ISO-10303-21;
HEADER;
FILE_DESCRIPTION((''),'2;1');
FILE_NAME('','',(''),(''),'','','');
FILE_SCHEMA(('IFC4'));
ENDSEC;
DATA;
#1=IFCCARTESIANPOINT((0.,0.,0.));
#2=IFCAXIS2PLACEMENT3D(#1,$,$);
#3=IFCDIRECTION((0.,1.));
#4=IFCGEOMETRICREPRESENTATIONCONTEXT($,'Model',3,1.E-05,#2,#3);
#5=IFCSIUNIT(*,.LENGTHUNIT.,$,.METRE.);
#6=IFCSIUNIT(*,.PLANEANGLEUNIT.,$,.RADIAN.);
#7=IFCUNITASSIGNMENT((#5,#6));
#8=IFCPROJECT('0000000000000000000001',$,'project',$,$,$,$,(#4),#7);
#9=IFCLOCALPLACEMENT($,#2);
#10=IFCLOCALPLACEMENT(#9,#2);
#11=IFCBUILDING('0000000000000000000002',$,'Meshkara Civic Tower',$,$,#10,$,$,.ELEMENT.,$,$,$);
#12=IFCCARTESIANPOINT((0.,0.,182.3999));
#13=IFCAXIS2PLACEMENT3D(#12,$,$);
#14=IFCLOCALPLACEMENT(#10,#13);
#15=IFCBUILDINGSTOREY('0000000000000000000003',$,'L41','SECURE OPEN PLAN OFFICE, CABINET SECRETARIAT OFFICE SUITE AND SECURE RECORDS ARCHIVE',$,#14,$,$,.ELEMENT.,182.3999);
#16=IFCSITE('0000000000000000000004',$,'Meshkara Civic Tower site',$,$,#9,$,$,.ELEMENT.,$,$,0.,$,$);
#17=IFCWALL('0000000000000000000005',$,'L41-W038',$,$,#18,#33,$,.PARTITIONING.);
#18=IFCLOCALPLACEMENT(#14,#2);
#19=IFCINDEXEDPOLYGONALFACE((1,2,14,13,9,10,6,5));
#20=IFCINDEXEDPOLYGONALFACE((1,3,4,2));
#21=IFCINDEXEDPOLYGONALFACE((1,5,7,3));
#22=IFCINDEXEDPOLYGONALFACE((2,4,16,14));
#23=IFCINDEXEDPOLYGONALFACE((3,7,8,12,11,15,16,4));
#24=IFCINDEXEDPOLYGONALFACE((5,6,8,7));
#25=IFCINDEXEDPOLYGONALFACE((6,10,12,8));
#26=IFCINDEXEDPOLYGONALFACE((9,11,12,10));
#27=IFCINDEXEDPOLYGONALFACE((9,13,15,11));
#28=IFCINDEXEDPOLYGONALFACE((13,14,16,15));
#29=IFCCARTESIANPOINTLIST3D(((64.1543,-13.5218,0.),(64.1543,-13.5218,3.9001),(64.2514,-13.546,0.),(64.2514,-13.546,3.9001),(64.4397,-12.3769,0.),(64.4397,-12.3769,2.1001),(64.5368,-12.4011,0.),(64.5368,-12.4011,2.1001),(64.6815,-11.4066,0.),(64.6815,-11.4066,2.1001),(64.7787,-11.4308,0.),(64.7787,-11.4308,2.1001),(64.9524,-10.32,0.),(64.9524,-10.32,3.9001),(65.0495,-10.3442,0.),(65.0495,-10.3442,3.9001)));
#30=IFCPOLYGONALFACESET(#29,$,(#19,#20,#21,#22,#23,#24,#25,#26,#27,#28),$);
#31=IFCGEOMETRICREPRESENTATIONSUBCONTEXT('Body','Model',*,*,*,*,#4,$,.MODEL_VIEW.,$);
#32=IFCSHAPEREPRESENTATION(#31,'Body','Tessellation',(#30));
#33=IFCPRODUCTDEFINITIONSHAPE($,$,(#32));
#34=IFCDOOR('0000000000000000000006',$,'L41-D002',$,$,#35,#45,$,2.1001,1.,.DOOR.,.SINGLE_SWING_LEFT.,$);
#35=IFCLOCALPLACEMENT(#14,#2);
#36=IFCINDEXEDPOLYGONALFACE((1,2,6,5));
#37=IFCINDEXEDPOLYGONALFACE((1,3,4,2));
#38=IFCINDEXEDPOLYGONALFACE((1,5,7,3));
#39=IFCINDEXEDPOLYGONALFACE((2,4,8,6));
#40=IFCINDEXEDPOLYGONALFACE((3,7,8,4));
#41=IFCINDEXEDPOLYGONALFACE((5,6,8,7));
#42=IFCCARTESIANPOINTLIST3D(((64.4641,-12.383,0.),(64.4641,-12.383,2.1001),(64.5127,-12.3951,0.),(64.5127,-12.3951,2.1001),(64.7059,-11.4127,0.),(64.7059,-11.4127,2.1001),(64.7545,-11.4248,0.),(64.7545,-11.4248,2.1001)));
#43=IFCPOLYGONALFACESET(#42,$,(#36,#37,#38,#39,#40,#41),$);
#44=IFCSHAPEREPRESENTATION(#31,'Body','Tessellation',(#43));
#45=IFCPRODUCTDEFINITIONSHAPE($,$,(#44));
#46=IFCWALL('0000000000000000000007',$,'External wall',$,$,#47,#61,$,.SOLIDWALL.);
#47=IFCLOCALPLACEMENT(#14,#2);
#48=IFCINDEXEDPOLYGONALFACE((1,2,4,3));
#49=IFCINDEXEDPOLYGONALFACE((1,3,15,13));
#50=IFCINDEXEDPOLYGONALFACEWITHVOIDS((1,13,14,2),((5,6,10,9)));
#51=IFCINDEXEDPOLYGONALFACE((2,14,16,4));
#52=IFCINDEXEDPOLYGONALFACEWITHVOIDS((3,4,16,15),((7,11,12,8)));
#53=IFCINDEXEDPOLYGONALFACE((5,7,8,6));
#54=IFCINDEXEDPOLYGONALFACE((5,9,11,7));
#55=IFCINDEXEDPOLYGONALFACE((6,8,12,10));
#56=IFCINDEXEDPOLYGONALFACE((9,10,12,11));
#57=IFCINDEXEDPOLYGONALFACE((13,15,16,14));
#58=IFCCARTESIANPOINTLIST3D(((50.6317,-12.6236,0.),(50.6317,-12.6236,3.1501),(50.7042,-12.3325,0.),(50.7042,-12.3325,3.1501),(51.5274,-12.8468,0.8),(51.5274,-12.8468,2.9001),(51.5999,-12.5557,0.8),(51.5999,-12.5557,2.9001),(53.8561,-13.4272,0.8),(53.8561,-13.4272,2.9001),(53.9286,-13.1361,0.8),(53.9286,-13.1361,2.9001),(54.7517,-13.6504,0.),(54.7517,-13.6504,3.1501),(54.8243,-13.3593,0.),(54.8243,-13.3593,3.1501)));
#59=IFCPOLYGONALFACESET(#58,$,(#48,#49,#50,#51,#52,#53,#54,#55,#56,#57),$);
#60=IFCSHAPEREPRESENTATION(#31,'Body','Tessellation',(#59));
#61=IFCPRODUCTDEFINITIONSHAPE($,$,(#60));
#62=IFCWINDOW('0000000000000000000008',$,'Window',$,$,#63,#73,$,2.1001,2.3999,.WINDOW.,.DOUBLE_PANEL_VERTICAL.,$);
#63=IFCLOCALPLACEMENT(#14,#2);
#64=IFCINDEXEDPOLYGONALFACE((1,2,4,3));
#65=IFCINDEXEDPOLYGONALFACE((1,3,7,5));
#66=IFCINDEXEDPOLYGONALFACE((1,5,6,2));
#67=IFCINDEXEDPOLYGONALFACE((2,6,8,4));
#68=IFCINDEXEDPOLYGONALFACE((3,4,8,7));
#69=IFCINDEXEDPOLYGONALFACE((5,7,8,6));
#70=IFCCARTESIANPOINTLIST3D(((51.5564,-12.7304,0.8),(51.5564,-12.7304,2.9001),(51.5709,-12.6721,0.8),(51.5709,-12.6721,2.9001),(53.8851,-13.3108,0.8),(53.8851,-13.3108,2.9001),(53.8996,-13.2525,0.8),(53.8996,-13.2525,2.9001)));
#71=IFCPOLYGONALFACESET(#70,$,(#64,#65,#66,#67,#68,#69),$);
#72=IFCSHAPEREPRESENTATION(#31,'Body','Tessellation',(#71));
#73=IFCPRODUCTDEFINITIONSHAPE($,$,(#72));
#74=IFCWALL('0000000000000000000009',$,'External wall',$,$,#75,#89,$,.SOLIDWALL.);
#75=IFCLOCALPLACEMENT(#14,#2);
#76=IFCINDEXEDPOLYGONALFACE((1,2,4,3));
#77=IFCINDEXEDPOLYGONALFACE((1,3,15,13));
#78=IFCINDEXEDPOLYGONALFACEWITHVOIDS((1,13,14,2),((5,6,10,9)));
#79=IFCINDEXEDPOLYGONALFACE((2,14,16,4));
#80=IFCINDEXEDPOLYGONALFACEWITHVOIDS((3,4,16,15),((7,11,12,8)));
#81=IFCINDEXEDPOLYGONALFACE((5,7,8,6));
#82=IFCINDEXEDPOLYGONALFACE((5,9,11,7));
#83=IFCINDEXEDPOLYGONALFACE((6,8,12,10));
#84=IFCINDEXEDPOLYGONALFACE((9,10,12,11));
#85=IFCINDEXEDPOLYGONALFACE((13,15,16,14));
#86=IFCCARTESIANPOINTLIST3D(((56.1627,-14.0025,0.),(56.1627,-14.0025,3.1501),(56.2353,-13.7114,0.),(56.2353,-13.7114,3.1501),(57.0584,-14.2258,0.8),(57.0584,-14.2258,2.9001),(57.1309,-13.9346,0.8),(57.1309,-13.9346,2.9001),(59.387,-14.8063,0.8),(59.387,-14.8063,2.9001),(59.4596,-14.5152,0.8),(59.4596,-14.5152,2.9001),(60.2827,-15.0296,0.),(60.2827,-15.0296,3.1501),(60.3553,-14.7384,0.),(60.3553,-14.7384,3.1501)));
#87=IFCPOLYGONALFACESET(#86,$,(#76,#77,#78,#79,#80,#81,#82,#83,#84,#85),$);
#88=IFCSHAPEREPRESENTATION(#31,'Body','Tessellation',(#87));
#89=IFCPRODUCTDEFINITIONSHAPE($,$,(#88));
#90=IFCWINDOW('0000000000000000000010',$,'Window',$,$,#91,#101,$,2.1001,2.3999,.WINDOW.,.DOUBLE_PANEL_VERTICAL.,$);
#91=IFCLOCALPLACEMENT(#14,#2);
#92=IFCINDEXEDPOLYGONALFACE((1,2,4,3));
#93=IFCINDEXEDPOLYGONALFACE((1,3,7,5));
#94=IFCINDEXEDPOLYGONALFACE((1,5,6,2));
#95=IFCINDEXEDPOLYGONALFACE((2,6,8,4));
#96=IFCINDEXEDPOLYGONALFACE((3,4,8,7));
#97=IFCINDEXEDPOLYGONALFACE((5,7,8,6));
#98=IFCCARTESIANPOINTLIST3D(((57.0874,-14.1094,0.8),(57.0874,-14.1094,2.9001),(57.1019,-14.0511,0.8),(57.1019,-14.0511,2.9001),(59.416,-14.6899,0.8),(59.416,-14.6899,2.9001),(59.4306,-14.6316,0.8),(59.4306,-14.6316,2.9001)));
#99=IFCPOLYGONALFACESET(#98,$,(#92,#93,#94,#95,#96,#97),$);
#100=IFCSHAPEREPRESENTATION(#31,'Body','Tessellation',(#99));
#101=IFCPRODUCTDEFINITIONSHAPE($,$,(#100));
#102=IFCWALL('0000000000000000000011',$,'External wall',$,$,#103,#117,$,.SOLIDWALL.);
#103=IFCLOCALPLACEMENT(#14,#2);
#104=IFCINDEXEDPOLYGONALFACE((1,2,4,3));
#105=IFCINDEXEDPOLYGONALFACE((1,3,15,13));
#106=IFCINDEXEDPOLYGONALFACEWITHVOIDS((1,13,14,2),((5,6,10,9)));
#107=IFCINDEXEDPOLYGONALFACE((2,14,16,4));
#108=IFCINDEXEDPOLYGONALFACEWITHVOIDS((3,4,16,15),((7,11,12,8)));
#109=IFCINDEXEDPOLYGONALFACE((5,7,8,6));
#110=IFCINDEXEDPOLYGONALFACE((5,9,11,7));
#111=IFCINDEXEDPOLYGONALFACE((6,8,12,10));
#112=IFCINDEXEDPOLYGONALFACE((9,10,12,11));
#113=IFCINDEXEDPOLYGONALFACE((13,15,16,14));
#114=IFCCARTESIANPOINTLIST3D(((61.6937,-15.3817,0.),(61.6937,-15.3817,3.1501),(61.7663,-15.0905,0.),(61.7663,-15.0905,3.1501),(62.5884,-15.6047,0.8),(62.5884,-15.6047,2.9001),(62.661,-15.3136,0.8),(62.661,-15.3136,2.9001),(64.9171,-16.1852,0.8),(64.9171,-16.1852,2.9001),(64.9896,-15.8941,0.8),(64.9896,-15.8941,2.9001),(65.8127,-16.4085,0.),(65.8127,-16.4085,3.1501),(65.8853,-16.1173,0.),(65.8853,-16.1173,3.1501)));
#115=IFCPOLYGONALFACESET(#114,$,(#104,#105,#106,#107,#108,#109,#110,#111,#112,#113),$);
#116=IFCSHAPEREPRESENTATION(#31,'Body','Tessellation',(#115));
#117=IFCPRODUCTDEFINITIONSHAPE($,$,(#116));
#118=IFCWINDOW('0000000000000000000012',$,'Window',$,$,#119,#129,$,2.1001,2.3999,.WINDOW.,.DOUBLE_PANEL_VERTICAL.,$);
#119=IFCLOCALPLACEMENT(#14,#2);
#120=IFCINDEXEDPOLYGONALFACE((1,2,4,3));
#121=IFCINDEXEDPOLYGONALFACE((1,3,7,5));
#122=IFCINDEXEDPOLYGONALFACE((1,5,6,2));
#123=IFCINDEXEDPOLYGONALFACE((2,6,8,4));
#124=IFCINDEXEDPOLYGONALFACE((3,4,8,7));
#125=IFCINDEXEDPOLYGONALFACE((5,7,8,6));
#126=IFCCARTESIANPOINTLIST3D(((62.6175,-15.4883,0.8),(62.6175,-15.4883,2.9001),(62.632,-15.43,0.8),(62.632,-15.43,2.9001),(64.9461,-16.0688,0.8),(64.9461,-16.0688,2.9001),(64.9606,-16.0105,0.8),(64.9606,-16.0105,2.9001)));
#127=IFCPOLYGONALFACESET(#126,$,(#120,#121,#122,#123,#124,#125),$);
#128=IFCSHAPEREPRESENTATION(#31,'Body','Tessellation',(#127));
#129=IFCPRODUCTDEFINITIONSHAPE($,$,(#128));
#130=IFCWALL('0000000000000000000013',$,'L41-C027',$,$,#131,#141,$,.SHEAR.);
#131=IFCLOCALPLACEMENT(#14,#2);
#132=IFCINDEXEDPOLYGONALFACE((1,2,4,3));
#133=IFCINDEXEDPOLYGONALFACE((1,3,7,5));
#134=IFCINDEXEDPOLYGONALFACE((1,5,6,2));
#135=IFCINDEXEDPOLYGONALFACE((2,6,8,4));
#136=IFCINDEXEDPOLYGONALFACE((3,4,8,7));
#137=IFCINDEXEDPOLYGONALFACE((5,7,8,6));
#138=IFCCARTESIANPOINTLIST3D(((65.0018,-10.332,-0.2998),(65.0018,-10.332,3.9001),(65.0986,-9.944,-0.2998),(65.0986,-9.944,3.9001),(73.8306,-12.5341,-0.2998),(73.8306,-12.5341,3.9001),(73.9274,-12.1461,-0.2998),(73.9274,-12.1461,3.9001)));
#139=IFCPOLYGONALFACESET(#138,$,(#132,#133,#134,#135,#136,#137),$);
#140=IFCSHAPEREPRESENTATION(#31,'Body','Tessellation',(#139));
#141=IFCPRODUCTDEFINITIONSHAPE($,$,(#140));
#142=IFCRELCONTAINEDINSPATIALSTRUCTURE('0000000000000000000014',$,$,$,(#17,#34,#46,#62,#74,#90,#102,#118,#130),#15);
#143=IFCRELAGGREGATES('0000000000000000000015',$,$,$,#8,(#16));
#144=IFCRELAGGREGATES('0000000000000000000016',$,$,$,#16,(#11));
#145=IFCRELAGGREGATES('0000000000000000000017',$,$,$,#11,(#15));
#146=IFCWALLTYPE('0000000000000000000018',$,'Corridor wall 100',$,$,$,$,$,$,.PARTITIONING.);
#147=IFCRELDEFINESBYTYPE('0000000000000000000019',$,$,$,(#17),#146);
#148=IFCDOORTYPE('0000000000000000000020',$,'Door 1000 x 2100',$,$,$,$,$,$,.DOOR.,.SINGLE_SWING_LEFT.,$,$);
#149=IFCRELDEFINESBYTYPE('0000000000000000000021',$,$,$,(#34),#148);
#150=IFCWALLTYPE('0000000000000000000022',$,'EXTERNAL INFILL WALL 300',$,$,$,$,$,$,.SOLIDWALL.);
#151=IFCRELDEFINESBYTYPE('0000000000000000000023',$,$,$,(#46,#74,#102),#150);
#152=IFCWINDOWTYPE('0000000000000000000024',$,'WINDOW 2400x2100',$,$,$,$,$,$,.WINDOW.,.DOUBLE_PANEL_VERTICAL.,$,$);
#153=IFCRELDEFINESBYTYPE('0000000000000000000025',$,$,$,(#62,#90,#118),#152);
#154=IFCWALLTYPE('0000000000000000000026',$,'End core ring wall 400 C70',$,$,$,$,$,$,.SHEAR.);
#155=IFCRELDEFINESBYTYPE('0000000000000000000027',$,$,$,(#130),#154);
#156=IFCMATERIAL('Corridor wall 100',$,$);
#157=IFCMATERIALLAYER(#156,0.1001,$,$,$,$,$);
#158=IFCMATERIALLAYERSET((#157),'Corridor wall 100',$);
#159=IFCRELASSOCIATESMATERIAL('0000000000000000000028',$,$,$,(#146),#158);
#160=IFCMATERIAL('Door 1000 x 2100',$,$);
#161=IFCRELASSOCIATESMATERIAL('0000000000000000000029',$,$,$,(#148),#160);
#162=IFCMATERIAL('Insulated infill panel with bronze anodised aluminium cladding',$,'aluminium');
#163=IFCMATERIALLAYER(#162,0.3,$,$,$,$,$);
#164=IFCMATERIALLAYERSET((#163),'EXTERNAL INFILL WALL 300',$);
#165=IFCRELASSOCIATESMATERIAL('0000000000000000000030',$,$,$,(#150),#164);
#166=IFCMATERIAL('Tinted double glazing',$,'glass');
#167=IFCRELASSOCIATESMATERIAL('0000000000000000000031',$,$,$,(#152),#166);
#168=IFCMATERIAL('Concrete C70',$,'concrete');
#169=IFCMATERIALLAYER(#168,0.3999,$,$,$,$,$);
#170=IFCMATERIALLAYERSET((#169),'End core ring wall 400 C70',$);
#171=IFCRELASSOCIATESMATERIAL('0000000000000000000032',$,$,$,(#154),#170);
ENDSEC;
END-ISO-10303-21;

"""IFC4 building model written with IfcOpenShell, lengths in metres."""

from ifc_helpers import new_model, si_unit, direction, frame, frame_2d, origin, place, context, subcontext, project, spatial, rectangle, extrude, material, layer, layer_set, type_object, element, fill, save


model = new_model("IFC4")

# Units and contexts
model_context = context("Model", 3, precision=1e-05, world=origin(), true_north=direction((0.0, 1.0)))
body_context = subcontext(model_context, "Body", "Model", "MODEL_VIEW")
ifc_project = project(units=[si_unit("LENGTHUNIT", "METRE"), si_unit("PLANEANGLEUNIT", "RADIAN")], contexts=[model_context])

# Site, building, storey
site_placement = place(None, origin())
site = spatial("IfcSite", under=ifc_project, at=site_placement, Name="Meshkara Civic Tower site", CompositionType="ELEMENT", RefElevation=0.0)
building_placement = place(site_placement, origin())
building = spatial("IfcBuilding", under=site, at=building_placement, Name="Meshkara Civic Tower", CompositionType="ELEMENT")
storey_placement = place(building_placement, frame((0.0, 0.0, 182.3999)))
storey = spatial("IfcBuildingStorey", under=building, at=storey_placement, Name="L41", Description="SECURE OPEN PLAN OFFICE, CABINET SECRETARIAT OFFICE SUITE AND SECURE RECORDS ARCHIVE", CompositionType="ELEMENT", Elevation=182.3999)

# Shared definitions
ifc_material_1 = material(Name="Corridor wall 100")
ifc_layer_1 = layer(ifc_material_1, 0.1001)
ifc_layer_set_1 = layer_set([ifc_layer_1], Name="Corridor wall 100")
wall_type_1 = type_object("IfcWallType", Name="Corridor wall 100", PredefinedType="PARTITIONING", material=ifc_layer_set_1)

# Shared definitions
ifc_material_2 = material(Name="Door 1000 x 2100")
door_type_1 = type_object("IfcDoorType", Name="Door 1000 x 2100", OperationType="SINGLE_SWING_LEFT", PredefinedType="DOOR", material=ifc_material_2)

# Wall, opening, door
wall_1_placement = place(storey_placement, frame((64.2029, -13.5339, 0.0), z_axis=(0.0, 0.0, 1.0), x_axis=(0.241857, 0.970312, 0.0)))
wall_1 = element("IfcWall", 1, at=wall_1_placement, inside=storey, type_object=wall_type_1, Name="L41-W038", PredefinedType="PARTITIONING", context=body_context, shape_type="SweptSolid", body=[
    extrude(rectangle(XDim=3.2998, YDim=0.1001, at=frame_2d((1.6499, 0.0))), origin(), (0.0, 0.0, 1.0), 3.9001),
])
opening_1_placement = place(wall_1_placement, frame((1.1799, 0.0, 0.0)))
opening_1 = element("IfcOpeningElement", 2, at=opening_1_placement, cuts=wall_1, PredefinedType="OPENING", context=body_context, shape_type="SweptSolid", body=[
    extrude(rectangle(XDim=1.0, YDim=2.1001, at=frame_2d((0.5, 1.05))), frame((0.0, 0.0601, 0.0), z_axis=(0.0, -1.0, 0.0), x_axis=(1.0, 0.0, 0.0)), (0.0, 0.0, 1.0), 0.1201),
])
door_1_placement = place(opening_1_placement, origin())
door_1 = element("IfcDoor", 3, at=door_1_placement, inside=storey, type_object=door_type_1, Name="L41-D002", OperationType="SINGLE_SWING_LEFT", OverallHeight=2.1001, OverallWidth=1.0, PredefinedType="DOOR", context=body_context, shape_type="SweptSolid", body=[
    extrude(rectangle(XDim=1.0, YDim=2.1001, at=frame_2d((0.5, 1.05))), frame((0.0, 0.0249, 0.0), z_axis=(0.0, -1.0, 0.0), x_axis=(1.0, 0.0, 0.0)), (0.0, 0.0, 1.0), 0.05),
])
fill(opening_1, door_1)

# Walls, openings, windows
ifc_material_3 = material(Name="Insulated infill panel with bronze anodised aluminium cladding", Category="aluminium")
ifc_layer_2 = layer(ifc_material_3, 0.3)
ifc_layer_set_2 = layer_set([ifc_layer_2], Name="EXTERNAL INFILL WALL 300")
wall_type_2 = type_object("IfcWallType", Name="EXTERNAL INFILL WALL 300", PredefinedType="SOLIDWALL", material=ifc_layer_set_2)
wall_2_placement = place(storey_placement, frame((50.668, -12.478, 0.0), z_axis=(0.0, 0.0, 1.0), x_axis=(0.970318, -0.241832, 0.0)))
wall_2 = element("IfcWall", 4, at=wall_2_placement, inside=storey, type_object=wall_type_2, Name="External wall", PredefinedType="SOLIDWALL", context=body_context, shape_type="SweptSolid", body=[
    extrude(rectangle(XDim=4.2461, YDim=0.3, at=frame_2d((2.123, 0.0))), origin(), (0.0, 0.0, 1.0), 3.1501),
])
opening_2_placement = place(wall_2_placement, frame((0.9231, 0.0, 0.8)))
opening_2 = element("IfcOpeningElement", 5, at=opening_2_placement, cuts=wall_2, PredefinedType="OPENING", context=body_context, shape_type="SweptSolid", body=[
    extrude(rectangle(XDim=2.3999, YDim=2.1001, at=frame_2d((1.2, 1.05))), frame((0.0, 0.1599, 0.0), z_axis=(0.0, -1.0, 0.0), x_axis=(1.0, 0.0, 0.0)), (0.0, 0.0, 1.0), 0.3201),
])
ifc_material_4 = material(Name="Tinted double glazing", Category="glass")
window_type = type_object("IfcWindowType", Name="WINDOW 2400x2100", PartitioningType="DOUBLE_PANEL_VERTICAL", PredefinedType="WINDOW", material=ifc_material_4)
window_1_placement = place(opening_2_placement, origin())
window_1 = element("IfcWindow", 6, at=window_1_placement, inside=storey, type_object=window_type, Name="Window", OverallHeight=2.1001, OverallWidth=2.3999, PartitioningType="DOUBLE_PANEL_VERTICAL", PredefinedType="WINDOW", context=body_context, shape_type="SweptSolid", body=[
    extrude(rectangle(XDim=2.3999, YDim=2.1001, at=frame_2d((1.2, 1.05))), frame((0.0, 0.03, 0.0), z_axis=(0.0, -1.0, 0.0), x_axis=(1.0, 0.0, 0.0)), (0.0, 0.0, 1.0), 0.0601),
])
fill(opening_2, window_1)
wall_3_placement = place(storey_placement, frame((56.199, -13.8569, 0.0), z_axis=(0.0, 0.0, 1.0), x_axis=(0.970305, -0.241886, 0.0)))
wall_3 = element("IfcWall", 7, at=wall_3_placement, inside=storey, type_object=wall_type_2, Name="External wall", PredefinedType="SOLIDWALL", context=body_context, shape_type="SweptSolid", body=[
    extrude(rectangle(XDim=4.2461, YDim=0.3, at=frame_2d((2.123, 0.0))), origin(), (0.0, 0.0, 1.0), 3.1501),
])
opening_3_placement = place(wall_3_placement, frame((0.9231, 0.0, 0.8)))
opening_3 = element("IfcOpeningElement", 8, at=opening_3_placement, cuts=wall_3, PredefinedType="OPENING", context=body_context, shape_type="SweptSolid", body=[
    extrude(rectangle(XDim=2.3999, YDim=2.1001, at=frame_2d((1.2, 1.05))), frame((0.0, 0.1599, 0.0), z_axis=(0.0, -1.0, 0.0), x_axis=(1.0, 0.0, 0.0)), (0.0, 0.0, 1.0), 0.3201),
])
window_2_placement = place(opening_3_placement, origin())
window_2 = element("IfcWindow", 9, at=window_2_placement, inside=storey, type_object=window_type, Name="Window", OverallHeight=2.1001, OverallWidth=2.3999, PartitioningType="DOUBLE_PANEL_VERTICAL", PredefinedType="WINDOW", context=body_context, shape_type="SweptSolid", body=[
    extrude(rectangle(XDim=2.3999, YDim=2.1001, at=frame_2d((1.2, 1.05))), frame((0.0, 0.03, 0.0), z_axis=(0.0, -1.0, 0.0), x_axis=(1.0, 0.0, 0.0)), (0.0, 0.0, 1.0), 0.0601),
])
fill(opening_3, window_2)
wall_4_placement = place(storey_placement, frame((61.73, -15.2361, 0.0), z_axis=(0.0, 0.0, 1.0), x_axis=(0.970305, -0.241886, 0.0)))
wall_4 = element("IfcWall", 10, at=wall_4_placement, inside=storey, type_object=wall_type_2, Name="External wall", PredefinedType="SOLIDWALL", context=body_context, shape_type="SweptSolid", body=[
    extrude(rectangle(XDim=4.2451, YDim=0.3, at=frame_2d((2.1226, 0.0))), origin(), (0.0, 0.0, 1.0), 3.1501),
])
opening_4_placement = place(wall_4_placement, frame((0.9221, 0.0, 0.8)))
opening_4 = element("IfcOpeningElement", 11, at=opening_4_placement, cuts=wall_4, PredefinedType="OPENING", context=body_context, shape_type="SweptSolid", body=[
    extrude(rectangle(XDim=2.3999, YDim=2.1001, at=frame_2d((1.2, 1.05))), frame((0.0, 0.1599, 0.0), z_axis=(0.0, -1.0, 0.0), x_axis=(1.0, 0.0, 0.0)), (0.0, 0.0, 1.0), 0.3201),
])
window_3_placement = place(opening_4_placement, origin())
window_3 = element("IfcWindow", 12, at=window_3_placement, inside=storey, type_object=window_type, Name="Window", OverallHeight=2.1001, OverallWidth=2.3999, PartitioningType="DOUBLE_PANEL_VERTICAL", PredefinedType="WINDOW", context=body_context, shape_type="SweptSolid", body=[
    extrude(rectangle(XDim=2.3999, YDim=2.1001, at=frame_2d((1.2, 1.05))), frame((0.0, 0.03, 0.0), z_axis=(0.0, -1.0, 0.0), x_axis=(1.0, 0.0, 0.0)), (0.0, 0.0, 1.0), 0.0601),
])
fill(opening_4, window_3)

# Wall
ifc_material_5 = material(Name="Concrete C70", Category="concrete")
ifc_layer_3 = layer(ifc_material_5, 0.3999)
ifc_layer_set_3 = layer_set([ifc_layer_3], Name="End core ring wall 400 C70")
wall_type_3 = type_object("IfcWallType", Name="End core ring wall 400 C70", PredefinedType="SHEAR", material=ifc_layer_set_3)
wall_5_placement = place(storey_placement, frame((65.05, -10.1379, -0.2998), z_axis=(0.0, 0.0, 1.0), x_axis=(0.970273, -0.242012, 0.0)))
element("IfcWall", 13, at=wall_5_placement, inside=storey, type_object=wall_type_3, Name="L41-C027", PredefinedType="SHEAR", context=body_context, shape_type="SweptSolid", body=[
    extrude(rectangle(XDim=9.0994, YDim=0.3999, at=frame_2d((4.5498, 0.0))), origin(), (0.0, 0.0, 1.0), 4.2),
])

save(model, "model.ifc")
